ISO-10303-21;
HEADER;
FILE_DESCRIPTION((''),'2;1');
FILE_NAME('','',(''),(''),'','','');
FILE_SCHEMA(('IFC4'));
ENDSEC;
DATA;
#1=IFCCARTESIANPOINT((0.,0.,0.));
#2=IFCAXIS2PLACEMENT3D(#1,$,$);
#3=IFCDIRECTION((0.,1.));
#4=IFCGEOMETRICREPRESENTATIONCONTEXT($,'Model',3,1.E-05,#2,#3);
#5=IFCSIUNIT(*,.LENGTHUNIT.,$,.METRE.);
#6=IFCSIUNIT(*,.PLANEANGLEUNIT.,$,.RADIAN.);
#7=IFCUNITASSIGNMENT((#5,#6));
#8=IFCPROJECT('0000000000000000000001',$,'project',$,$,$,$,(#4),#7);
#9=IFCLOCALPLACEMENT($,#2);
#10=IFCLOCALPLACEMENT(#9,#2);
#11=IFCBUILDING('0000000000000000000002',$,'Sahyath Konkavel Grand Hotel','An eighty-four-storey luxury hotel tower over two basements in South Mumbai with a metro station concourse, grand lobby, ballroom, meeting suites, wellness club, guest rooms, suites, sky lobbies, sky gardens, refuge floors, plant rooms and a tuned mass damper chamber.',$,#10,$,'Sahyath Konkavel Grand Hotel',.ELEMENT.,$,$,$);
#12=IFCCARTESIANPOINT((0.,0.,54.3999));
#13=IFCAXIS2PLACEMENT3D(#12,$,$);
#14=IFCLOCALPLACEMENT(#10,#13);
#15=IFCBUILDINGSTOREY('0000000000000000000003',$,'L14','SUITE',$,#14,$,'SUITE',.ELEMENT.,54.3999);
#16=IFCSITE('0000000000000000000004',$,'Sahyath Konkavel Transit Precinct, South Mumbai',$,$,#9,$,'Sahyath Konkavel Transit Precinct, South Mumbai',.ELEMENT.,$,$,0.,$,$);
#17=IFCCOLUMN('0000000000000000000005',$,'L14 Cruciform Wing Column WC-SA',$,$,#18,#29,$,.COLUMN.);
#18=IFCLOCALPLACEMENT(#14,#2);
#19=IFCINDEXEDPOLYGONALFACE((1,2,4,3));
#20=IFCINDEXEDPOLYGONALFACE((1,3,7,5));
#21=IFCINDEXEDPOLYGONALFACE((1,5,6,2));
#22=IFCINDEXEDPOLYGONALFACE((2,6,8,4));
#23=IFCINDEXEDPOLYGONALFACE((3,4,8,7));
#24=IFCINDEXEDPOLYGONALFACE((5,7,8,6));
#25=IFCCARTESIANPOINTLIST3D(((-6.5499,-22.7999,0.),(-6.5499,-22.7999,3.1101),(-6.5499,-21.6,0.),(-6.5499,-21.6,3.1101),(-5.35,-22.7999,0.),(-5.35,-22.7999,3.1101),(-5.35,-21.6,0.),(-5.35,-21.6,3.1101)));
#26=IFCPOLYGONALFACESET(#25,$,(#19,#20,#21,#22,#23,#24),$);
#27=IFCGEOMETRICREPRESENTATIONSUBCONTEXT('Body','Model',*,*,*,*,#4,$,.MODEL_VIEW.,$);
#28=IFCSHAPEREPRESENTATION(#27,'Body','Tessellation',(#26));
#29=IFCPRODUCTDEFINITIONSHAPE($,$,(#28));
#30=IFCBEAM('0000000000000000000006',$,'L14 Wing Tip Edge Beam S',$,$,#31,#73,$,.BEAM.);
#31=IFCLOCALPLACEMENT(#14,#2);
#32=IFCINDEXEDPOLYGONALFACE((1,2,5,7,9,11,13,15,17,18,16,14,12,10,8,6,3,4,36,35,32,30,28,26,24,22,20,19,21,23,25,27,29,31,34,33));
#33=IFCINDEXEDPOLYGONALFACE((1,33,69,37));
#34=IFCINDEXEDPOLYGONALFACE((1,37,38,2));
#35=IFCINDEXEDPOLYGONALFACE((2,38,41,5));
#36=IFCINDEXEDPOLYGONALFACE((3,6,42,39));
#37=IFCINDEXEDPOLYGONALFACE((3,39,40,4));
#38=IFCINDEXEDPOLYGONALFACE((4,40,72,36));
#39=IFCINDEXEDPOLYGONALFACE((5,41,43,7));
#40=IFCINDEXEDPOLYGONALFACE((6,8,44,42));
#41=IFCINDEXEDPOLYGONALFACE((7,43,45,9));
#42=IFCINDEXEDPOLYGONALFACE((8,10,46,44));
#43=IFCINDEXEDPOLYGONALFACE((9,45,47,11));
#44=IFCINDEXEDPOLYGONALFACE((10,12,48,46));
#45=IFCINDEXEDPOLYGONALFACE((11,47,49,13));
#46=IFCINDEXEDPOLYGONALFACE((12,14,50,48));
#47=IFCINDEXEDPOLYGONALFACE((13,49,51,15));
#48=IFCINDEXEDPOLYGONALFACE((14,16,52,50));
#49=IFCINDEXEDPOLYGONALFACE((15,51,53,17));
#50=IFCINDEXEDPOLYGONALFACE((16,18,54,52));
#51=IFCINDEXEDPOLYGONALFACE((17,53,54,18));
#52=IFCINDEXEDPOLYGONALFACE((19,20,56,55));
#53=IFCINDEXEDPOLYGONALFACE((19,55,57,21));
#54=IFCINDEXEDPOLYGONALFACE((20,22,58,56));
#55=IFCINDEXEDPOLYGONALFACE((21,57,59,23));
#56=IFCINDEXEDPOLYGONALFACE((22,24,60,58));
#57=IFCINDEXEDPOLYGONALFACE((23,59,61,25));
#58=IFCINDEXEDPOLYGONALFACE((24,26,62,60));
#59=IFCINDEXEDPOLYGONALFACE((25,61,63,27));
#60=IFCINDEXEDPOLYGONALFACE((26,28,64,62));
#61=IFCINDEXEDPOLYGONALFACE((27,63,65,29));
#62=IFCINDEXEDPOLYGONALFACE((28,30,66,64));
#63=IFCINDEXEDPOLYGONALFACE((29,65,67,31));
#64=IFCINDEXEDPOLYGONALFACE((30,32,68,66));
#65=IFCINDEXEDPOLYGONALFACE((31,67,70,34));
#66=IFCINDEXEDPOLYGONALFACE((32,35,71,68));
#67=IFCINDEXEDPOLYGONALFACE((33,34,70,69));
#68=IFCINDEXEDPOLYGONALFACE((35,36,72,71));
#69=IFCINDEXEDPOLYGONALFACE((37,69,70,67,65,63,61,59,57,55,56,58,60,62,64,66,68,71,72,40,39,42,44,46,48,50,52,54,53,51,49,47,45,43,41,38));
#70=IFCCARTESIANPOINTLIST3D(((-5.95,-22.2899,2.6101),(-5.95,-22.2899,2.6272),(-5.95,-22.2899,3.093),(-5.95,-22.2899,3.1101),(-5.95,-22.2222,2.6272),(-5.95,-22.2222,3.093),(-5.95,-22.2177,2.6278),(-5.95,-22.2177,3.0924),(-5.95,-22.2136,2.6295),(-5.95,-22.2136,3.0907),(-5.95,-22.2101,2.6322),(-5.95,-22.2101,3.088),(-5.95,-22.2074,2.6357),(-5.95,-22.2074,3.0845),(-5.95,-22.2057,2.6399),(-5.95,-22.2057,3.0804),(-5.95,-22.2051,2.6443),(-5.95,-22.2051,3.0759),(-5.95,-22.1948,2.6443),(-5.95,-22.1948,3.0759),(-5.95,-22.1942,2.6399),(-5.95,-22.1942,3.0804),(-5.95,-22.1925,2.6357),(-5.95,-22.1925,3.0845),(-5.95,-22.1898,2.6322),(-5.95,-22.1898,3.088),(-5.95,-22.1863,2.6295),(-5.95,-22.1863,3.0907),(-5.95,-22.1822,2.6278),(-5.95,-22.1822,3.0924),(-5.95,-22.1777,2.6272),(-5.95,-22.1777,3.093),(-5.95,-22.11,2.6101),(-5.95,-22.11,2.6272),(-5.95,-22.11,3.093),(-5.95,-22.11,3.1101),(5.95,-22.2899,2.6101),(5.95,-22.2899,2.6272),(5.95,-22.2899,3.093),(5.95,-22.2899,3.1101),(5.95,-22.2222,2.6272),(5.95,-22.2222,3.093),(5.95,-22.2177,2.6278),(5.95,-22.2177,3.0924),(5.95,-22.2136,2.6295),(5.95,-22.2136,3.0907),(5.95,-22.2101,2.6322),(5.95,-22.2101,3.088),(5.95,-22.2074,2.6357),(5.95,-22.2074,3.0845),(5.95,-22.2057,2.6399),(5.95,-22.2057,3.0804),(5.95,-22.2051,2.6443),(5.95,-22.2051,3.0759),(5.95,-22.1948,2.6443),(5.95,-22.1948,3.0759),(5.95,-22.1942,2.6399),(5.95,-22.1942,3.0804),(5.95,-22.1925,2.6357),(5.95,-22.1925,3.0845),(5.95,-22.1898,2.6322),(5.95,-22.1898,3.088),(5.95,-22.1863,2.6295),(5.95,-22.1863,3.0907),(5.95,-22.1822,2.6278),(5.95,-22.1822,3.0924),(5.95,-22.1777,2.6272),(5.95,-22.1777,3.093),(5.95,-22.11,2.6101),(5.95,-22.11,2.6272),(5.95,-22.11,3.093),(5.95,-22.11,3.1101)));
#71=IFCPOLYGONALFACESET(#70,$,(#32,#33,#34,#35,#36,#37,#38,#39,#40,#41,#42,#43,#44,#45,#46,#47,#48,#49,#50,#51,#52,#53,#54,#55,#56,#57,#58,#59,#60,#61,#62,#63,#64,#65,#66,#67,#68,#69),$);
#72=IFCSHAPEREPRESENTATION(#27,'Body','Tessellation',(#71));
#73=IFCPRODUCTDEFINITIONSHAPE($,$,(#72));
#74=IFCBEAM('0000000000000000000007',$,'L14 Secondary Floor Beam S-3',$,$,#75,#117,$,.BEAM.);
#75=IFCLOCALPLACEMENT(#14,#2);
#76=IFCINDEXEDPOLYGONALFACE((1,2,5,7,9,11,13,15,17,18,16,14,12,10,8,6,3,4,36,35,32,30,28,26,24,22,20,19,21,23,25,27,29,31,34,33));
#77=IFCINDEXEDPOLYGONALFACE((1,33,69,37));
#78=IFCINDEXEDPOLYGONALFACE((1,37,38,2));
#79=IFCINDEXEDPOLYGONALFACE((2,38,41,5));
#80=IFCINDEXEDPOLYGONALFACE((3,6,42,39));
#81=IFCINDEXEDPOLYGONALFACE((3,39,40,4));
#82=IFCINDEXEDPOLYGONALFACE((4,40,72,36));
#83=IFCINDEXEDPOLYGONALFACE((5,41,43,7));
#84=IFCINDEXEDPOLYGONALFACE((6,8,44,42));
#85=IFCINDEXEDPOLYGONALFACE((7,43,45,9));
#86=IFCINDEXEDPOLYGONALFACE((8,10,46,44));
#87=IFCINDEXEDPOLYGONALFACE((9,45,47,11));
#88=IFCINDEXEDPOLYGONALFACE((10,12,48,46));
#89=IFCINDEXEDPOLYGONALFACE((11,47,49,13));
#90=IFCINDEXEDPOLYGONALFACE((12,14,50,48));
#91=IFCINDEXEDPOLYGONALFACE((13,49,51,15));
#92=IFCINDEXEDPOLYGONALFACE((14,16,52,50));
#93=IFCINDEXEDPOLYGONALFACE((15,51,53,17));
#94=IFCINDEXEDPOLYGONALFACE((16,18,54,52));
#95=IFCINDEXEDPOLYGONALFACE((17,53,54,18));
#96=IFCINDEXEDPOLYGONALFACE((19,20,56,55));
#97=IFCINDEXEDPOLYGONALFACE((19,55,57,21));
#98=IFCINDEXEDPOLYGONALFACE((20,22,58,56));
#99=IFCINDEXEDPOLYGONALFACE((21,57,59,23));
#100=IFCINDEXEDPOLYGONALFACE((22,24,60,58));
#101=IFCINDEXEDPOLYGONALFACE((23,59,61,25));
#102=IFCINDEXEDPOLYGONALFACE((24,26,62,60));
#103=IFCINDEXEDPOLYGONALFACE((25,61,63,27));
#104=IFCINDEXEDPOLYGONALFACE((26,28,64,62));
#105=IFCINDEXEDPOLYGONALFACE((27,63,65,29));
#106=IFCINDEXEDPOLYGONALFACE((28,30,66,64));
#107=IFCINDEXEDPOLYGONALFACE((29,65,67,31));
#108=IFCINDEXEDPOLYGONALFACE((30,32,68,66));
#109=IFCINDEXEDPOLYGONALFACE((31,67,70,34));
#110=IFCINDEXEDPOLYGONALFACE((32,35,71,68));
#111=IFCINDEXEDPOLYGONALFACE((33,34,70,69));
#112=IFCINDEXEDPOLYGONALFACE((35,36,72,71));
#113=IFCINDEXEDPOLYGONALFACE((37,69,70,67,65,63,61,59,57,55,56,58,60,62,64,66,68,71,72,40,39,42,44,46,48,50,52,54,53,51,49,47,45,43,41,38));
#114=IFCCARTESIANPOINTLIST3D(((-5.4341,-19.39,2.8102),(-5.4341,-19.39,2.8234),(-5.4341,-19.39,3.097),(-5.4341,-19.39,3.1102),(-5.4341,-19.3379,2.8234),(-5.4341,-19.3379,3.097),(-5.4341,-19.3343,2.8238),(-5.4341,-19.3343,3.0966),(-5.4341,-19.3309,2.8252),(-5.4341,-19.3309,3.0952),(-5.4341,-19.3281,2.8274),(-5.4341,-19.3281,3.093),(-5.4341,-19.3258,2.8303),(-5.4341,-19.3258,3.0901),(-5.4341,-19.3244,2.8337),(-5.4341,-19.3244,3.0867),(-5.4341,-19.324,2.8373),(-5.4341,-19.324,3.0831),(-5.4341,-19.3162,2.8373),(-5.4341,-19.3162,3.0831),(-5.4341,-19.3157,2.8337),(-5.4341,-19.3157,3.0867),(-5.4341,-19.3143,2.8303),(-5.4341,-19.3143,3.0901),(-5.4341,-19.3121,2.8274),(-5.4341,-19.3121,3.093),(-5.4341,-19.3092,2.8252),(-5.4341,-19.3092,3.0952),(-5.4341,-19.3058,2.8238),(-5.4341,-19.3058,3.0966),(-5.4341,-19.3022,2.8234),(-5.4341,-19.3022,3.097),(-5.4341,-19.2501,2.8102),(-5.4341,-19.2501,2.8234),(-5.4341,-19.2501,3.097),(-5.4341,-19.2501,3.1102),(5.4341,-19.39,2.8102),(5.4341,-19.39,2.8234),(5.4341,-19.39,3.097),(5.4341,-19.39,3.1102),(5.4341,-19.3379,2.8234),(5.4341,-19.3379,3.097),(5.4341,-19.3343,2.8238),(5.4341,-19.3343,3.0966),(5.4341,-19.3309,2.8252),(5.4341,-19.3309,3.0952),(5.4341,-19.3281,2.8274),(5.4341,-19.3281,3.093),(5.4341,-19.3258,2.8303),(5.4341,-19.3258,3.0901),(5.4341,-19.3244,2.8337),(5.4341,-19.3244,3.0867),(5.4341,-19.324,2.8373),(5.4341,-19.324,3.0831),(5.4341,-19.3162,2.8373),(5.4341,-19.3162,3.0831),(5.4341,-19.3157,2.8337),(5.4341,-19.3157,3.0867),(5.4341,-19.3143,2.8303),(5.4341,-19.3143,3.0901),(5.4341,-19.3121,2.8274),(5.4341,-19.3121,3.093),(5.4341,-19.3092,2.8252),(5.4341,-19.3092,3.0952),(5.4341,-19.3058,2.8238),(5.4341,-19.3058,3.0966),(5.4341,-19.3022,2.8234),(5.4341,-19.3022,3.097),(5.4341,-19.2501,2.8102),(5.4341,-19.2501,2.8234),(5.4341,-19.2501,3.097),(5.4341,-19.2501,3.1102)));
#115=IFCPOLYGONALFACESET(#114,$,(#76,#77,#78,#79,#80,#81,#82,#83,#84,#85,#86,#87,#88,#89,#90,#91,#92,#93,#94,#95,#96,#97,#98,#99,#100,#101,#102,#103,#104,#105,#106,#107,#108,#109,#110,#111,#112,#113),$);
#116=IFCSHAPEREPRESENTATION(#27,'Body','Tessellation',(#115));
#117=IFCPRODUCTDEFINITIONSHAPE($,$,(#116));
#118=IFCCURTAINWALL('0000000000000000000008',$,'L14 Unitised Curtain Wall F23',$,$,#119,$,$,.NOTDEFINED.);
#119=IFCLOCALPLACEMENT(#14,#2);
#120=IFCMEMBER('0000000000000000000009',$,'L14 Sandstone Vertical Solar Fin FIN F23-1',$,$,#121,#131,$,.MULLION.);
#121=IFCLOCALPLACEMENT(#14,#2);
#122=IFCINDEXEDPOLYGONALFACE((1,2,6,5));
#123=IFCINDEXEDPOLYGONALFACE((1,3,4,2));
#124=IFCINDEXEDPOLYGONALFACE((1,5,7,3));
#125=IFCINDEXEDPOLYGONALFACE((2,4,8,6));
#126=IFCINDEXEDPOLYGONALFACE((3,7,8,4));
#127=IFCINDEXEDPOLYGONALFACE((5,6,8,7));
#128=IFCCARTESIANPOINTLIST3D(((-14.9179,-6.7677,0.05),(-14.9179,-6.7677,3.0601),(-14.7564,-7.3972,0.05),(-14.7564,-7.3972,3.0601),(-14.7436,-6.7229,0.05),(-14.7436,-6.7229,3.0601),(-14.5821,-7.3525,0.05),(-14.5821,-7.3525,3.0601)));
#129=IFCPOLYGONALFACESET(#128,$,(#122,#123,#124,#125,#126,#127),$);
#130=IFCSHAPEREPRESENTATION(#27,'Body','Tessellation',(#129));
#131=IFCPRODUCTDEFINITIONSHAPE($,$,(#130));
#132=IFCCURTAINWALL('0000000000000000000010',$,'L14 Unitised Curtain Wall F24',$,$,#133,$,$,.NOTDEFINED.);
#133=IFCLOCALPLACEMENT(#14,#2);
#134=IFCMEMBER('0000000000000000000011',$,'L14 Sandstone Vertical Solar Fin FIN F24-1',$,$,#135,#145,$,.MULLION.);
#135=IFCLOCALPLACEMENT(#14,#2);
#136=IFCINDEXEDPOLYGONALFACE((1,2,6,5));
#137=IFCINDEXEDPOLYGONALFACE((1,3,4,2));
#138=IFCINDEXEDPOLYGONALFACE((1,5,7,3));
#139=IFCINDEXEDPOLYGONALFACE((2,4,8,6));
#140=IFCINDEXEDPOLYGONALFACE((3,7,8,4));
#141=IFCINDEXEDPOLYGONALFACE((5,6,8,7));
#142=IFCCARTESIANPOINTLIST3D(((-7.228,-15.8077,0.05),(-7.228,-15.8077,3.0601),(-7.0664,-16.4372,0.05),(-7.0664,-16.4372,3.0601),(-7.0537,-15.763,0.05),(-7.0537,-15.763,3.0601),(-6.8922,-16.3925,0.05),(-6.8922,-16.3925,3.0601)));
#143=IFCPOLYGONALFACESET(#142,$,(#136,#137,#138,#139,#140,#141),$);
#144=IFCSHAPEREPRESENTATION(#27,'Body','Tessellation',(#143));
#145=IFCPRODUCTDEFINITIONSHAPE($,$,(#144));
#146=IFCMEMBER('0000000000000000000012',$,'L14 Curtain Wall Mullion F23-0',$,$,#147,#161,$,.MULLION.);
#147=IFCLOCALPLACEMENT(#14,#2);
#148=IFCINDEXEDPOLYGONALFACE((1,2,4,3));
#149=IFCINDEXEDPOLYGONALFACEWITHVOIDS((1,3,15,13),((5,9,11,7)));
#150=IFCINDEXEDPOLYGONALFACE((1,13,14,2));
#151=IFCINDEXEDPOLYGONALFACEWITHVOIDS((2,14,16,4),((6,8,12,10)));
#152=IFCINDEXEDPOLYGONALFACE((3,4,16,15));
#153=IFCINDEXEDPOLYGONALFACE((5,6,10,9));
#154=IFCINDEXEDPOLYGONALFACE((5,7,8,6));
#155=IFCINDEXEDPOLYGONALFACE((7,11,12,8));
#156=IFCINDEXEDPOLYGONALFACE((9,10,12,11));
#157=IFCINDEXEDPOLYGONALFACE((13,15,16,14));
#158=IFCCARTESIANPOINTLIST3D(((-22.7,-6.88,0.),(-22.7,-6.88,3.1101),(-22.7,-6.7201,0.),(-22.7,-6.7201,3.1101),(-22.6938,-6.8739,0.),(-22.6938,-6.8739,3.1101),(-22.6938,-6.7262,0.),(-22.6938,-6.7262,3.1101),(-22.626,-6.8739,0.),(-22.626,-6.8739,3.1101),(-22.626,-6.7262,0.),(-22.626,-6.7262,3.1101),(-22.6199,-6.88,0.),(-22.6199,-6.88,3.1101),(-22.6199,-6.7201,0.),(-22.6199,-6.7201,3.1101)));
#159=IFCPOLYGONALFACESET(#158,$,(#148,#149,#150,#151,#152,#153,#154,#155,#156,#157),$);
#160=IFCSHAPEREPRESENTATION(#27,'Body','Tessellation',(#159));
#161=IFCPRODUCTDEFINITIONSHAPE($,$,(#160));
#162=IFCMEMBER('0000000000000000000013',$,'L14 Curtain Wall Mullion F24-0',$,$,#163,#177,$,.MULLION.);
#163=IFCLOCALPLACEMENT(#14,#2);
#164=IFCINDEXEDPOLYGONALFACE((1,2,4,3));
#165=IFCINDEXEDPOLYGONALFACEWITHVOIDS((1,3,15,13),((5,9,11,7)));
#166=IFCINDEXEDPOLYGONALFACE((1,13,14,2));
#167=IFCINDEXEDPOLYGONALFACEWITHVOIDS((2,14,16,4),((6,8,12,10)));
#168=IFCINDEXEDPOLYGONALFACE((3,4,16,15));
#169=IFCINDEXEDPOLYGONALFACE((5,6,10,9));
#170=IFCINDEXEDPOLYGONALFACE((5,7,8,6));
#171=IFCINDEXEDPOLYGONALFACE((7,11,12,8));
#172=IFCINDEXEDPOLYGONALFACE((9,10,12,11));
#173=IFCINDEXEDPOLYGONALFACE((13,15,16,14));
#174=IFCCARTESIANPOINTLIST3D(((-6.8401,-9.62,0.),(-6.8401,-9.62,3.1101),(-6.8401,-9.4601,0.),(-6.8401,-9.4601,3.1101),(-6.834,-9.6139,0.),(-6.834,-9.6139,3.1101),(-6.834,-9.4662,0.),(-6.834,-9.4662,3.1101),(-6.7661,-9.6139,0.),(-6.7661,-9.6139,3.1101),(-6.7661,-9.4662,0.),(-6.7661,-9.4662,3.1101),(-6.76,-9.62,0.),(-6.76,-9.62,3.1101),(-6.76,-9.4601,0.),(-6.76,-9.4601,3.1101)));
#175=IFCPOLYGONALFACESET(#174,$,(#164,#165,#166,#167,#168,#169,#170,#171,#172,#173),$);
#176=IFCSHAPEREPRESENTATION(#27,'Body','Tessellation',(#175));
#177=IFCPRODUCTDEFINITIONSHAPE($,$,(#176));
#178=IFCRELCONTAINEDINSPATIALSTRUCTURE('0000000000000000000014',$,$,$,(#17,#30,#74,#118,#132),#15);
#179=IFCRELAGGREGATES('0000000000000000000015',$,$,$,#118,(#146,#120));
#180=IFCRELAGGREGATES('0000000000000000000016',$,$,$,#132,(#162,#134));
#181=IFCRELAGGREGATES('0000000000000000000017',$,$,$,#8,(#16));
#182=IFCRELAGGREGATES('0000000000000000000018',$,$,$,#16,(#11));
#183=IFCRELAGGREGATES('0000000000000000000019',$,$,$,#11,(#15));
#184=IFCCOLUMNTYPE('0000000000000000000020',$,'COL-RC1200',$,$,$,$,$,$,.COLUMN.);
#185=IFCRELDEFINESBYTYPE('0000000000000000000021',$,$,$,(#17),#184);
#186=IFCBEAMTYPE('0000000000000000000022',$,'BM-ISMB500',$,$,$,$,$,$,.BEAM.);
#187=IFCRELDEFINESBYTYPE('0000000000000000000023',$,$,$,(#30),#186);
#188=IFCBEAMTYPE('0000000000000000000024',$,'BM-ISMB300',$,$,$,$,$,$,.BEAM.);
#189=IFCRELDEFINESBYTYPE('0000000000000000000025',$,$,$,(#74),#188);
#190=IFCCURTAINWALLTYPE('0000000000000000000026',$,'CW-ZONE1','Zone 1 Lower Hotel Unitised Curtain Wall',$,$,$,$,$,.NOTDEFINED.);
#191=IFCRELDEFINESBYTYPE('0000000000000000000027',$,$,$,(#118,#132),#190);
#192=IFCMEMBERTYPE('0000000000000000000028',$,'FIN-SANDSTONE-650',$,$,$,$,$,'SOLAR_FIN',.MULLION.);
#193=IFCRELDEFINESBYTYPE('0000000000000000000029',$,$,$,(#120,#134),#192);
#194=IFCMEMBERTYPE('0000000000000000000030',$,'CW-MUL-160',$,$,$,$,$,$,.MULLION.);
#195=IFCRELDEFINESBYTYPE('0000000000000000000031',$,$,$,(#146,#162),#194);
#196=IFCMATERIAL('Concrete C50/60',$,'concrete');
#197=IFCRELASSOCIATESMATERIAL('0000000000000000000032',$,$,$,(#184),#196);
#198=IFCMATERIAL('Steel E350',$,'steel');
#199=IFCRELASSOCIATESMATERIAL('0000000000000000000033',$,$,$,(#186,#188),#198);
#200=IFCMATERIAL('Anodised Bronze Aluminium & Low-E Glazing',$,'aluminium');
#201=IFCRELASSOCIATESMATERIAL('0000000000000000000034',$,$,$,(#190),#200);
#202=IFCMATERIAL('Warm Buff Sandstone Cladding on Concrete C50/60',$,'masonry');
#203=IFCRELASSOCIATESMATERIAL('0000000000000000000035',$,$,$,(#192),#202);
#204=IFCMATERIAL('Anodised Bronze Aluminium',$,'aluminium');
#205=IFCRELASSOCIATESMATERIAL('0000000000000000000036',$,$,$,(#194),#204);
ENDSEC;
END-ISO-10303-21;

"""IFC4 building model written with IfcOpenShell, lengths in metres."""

from ifc_helpers import new_model, si_unit, direction, frame, origin, origin_2d, place, context, subcontext, project, spatial, rectangle, hollow_rectangle, i_section, extrude, source, transform, mapped, material, material_profile, profile_set, type_object, element, aggregate, save


model = new_model("IFC4")

# Units and contexts
model_context = context("Model", 3, precision=1e-05, world=origin(), true_north=direction((0.0, 1.0)))
body_context = subcontext(model_context, "Body", "Model", "MODEL_VIEW")
ifc_project = project(units=[si_unit("LENGTHUNIT", "METRE"), si_unit("PLANEANGLEUNIT", "RADIAN")], contexts=[model_context])

# Site, building, storey
site_placement = place(None, origin())
site = spatial("IfcSite", under=ifc_project, at=site_placement, Name="Sahyath Konkavel Transit Precinct, South Mumbai", LongName="Sahyath Konkavel Transit Precinct, South Mumbai", CompositionType="ELEMENT", RefElevation=0.0)
building_placement = place(site_placement, origin())
building = spatial("IfcBuilding", under=site, at=building_placement, Name="Sahyath Konkavel Grand Hotel", Description="An eighty-four-storey luxury hotel tower over two basements in South Mumbai with a metro station concourse, grand lobby, ballroom, meeting suites, wellness club, guest rooms, suites, sky lobbies, sky gardens, refuge floors, plant rooms and a tuned mass damper chamber.", LongName="Sahyath Konkavel Grand Hotel", CompositionType="ELEMENT")
storey_placement = place(building_placement, frame((0.0, 0.0, 54.3999)))
storey = spatial("IfcBuildingStorey", under=building, at=storey_placement, Name="L14", Description="SUITE", LongName="SUITE", CompositionType="ELEMENT", Elevation=54.3999)

# Column
ifc_material_1 = material(Name="Concrete C50/60", Category="concrete")
ifc_material_profile_1 = material_profile(ifc_material_1, rectangle(XDim=1.2, YDim=1.2, at=origin_2d()), Name="RC 1200x1200")
ifc_profile_set_1 = profile_set([ifc_material_profile_1], Name="Concrete C50/60")
column_type = type_object("IfcColumnType", Name="COL-RC1200", PredefinedType="COLUMN", material=ifc_profile_set_1)
shared_shape_1 = source(origin(), body_context, "Body", "SweptSolid", [
    extrude(rectangle(XDim=1.2, YDim=1.2, at=origin_2d()), origin(), (0.0, 0.0, 1.0), 3.1101),
])
column_placement = place(storey_placement, frame((-5.95, -22.2, 0.0), z_axis=(0.0, 0.0, 1.0), x_axis=(1.0, 0.0, 0.0)))
element("IfcColumn", 1, at=column_placement, inside=storey, type_object=column_type, Name="L14 Cruciform Wing Column WC-SA", PredefinedType="COLUMN", context=body_context, shape_type="MappedRepresentation", body=[
    mapped(shared_shape_1, transform((0.0, 0.0, 0.0), scale=1.0)),
])

# Beams
ifc_material_2 = material(Name="Steel E350", Category="steel")
ifc_material_profile_2 = material_profile(ifc_material_2, i_section(OverallWidth=0.1799, OverallDepth=0.5, WebThickness=0.0103, FlangeThickness=0.0171, FilletRadius=0.0171, at=origin_2d()), Name="ISMB 500")
ifc_profile_set_2 = profile_set([ifc_material_profile_2], Name="Steel E350")
beam_type_1 = type_object("IfcBeamType", Name="BM-ISMB500", PredefinedType="BEAM", material=ifc_profile_set_2)
shared_shape_2 = source(origin(), body_context, "Body", "SweptSolid", [
    extrude(i_section(OverallWidth=0.1799, OverallDepth=0.5, WebThickness=0.0103, FlangeThickness=0.0171, FilletRadius=0.0171, at=origin_2d()), origin(), (0.0, 0.0, 1.0), 11.8999),
])
beam_1_placement = place(storey_placement, frame((-5.95, -22.2, 2.8601), z_axis=(1.0, 0.0, 0.0), x_axis=(0.0, 1.0, 0.0)))
element("IfcBeam", 2, at=beam_1_placement, inside=storey, type_object=beam_type_1, Name="L14 Wing Tip Edge Beam S", PredefinedType="BEAM", context=body_context, shape_type="MappedRepresentation", body=[
    mapped(shared_shape_2, transform((0.0, 0.0, 0.0), scale=1.0)),
])
ifc_material_profile_3 = material_profile(ifc_material_2, i_section(OverallWidth=0.1399, OverallDepth=0.3, WebThickness=0.0078, FlangeThickness=0.0132, FilletRadius=0.0139, at=origin_2d()), Name="ISMB 300")
ifc_profile_set_3 = profile_set([ifc_material_profile_3], Name="Steel E350")
beam_type_2 = type_object("IfcBeamType", Name="BM-ISMB300", PredefinedType="BEAM", material=ifc_profile_set_3)
shared_shape_3 = source(origin(), body_context, "Body", "SweptSolid", [
    extrude(i_section(OverallWidth=0.1399, OverallDepth=0.3, WebThickness=0.0078, FlangeThickness=0.0132, FilletRadius=0.0139, at=origin_2d()), origin(), (0.0, 0.0, 1.0), 10.8682),
])
beam_2_placement = place(storey_placement, frame((-5.4341, -19.3201, 2.9602), z_axis=(1.0, 0.0, 0.0), x_axis=(0.0, 1.0, 0.0)))
element("IfcBeam", 3, at=beam_2_placement, inside=storey, type_object=beam_type_2, Name="L14 Secondary Floor Beam S-3", PredefinedType="BEAM", context=body_context, shape_type="MappedRepresentation", body=[
    mapped(shared_shape_3, transform((0.0, 0.0, 0.0), scale=1.0)),
])

# Curtain walls, members
ifc_material_3 = material(Name="Anodised Bronze Aluminium & Low-E Glazing", Category="aluminium")
curtain_wall_type = type_object("IfcCurtainWallType", Name="CW-ZONE1", Description="Zone 1 Lower Hotel Unitised Curtain Wall", PredefinedType="NOTDEFINED", material=ifc_material_3)
curtain_wall_1_placement = place(storey_placement, origin())
curtain_wall_1 = element("IfcCurtainWall", 4, at=curtain_wall_1_placement, inside=storey, type_object=curtain_wall_type, Name="L14 Unitised Curtain Wall F23", PredefinedType="NOTDEFINED")
ifc_material_4 = material(Name="Warm Buff Sandstone Cladding on Concrete C50/60", Category="masonry")
ifc_material_profile_4 = material_profile(ifc_material_4, rectangle(XDim=0.1799, YDim=0.6499, at=origin_2d()), Name="FIN 180x650")
ifc_profile_set_4 = profile_set([ifc_material_profile_4], Name="Warm Buff Sandstone Cladding on Concrete C50/60")
member_type_1 = type_object("IfcMemberType", Name="FIN-SANDSTONE-650", ElementType="SOLAR_FIN", PredefinedType="MULLION", material=ifc_profile_set_4)
shared_shape_4 = source(origin(), body_context, "Body", "SweptSolid", [
    extrude(rectangle(XDim=0.1799, YDim=0.6499, at=origin_2d()), origin(), (0.0, 0.0, 1.0), 3.01),
])
member_1_placement = place(storey_placement, frame((-14.75, -7.0601, 0.05), z_axis=(0.0, 0.0, 1.0), x_axis=(0.968627, 0.248521, 0.0)))
member_1 = element("IfcMember", 5, at=member_1_placement, type_object=member_type_1, Name="L14 Sandstone Vertical Solar Fin FIN F23-1", PredefinedType="MULLION", context=body_context, shape_type="MappedRepresentation", body=[
    mapped(shared_shape_4, transform((0.0, 0.0, 0.0), scale=1.0)),
])
curtain_wall_2_placement = place(storey_placement, origin())
curtain_wall_2 = element("IfcCurtainWall", 6, at=curtain_wall_2_placement, inside=storey, type_object=curtain_wall_type, Name="L14 Unitised Curtain Wall F24", PredefinedType="NOTDEFINED")
member_2_placement = place(storey_placement, frame((-7.0601, -16.1001, 0.05), z_axis=(0.0, 0.0, 1.0), x_axis=(0.968627, 0.248521, 0.0)))
member_2 = element("IfcMember", 7, at=member_2_placement, type_object=member_type_1, Name="L14 Sandstone Vertical Solar Fin FIN F24-1", PredefinedType="MULLION", context=body_context, shape_type="MappedRepresentation", body=[
    mapped(shared_shape_4, transform((0.0, 0.0, 0.0), scale=1.0)),
])

# Members
ifc_material_5 = material(Name="Anodised Bronze Aluminium", Category="aluminium")
ifc_material_profile_5 = material_profile(ifc_material_5, hollow_rectangle(XDim=0.0801, YDim=0.1599, WallThickness=0.0061, at=origin_2d()), Name="RHS 160x80x6")
ifc_profile_set_5 = profile_set([ifc_material_profile_5], Name="Anodised Bronze Aluminium")
member_type_2 = type_object("IfcMemberType", Name="CW-MUL-160", PredefinedType="MULLION", material=ifc_profile_set_5)
shared_shape_5 = source(origin(), body_context, "Body", "SweptSolid", [
    extrude(hollow_rectangle(XDim=0.0801, YDim=0.1599, WallThickness=0.0061, at=origin_2d()), origin(), (0.0, 0.0, 1.0), 3.1101),
])
member_3_placement = place(storey_placement, frame((-22.6599, -6.8, 0.0), z_axis=(0.0, 0.0, 1.0), x_axis=(1.0, 0.0, 0.0)))
member_3 = element("IfcMember", 8, at=member_3_placement, type_object=member_type_2, Name="L14 Curtain Wall Mullion F23-0", PredefinedType="MULLION", context=body_context, shape_type="MappedRepresentation", body=[
    mapped(shared_shape_5, transform((0.0, 0.0, 0.0), scale=1.0)),
])
aggregate(curtain_wall_1, [member_3, member_1])
member_4_placement = place(storey_placement, frame((-6.8, -9.54, 0.0), z_axis=(0.0, 0.0, 1.0), x_axis=(1.0, 0.0, 0.0)))
member_4 = element("IfcMember", 9, at=member_4_placement, type_object=member_type_2, Name="L14 Curtain Wall Mullion F24-0", PredefinedType="MULLION", context=body_context, shape_type="MappedRepresentation", body=[
    mapped(shared_shape_5, transform((0.0, 0.0, 0.0), scale=1.0)),
])

aggregate(curtain_wall_2, [member_4, member_2])

save(model, "model.ifc")
